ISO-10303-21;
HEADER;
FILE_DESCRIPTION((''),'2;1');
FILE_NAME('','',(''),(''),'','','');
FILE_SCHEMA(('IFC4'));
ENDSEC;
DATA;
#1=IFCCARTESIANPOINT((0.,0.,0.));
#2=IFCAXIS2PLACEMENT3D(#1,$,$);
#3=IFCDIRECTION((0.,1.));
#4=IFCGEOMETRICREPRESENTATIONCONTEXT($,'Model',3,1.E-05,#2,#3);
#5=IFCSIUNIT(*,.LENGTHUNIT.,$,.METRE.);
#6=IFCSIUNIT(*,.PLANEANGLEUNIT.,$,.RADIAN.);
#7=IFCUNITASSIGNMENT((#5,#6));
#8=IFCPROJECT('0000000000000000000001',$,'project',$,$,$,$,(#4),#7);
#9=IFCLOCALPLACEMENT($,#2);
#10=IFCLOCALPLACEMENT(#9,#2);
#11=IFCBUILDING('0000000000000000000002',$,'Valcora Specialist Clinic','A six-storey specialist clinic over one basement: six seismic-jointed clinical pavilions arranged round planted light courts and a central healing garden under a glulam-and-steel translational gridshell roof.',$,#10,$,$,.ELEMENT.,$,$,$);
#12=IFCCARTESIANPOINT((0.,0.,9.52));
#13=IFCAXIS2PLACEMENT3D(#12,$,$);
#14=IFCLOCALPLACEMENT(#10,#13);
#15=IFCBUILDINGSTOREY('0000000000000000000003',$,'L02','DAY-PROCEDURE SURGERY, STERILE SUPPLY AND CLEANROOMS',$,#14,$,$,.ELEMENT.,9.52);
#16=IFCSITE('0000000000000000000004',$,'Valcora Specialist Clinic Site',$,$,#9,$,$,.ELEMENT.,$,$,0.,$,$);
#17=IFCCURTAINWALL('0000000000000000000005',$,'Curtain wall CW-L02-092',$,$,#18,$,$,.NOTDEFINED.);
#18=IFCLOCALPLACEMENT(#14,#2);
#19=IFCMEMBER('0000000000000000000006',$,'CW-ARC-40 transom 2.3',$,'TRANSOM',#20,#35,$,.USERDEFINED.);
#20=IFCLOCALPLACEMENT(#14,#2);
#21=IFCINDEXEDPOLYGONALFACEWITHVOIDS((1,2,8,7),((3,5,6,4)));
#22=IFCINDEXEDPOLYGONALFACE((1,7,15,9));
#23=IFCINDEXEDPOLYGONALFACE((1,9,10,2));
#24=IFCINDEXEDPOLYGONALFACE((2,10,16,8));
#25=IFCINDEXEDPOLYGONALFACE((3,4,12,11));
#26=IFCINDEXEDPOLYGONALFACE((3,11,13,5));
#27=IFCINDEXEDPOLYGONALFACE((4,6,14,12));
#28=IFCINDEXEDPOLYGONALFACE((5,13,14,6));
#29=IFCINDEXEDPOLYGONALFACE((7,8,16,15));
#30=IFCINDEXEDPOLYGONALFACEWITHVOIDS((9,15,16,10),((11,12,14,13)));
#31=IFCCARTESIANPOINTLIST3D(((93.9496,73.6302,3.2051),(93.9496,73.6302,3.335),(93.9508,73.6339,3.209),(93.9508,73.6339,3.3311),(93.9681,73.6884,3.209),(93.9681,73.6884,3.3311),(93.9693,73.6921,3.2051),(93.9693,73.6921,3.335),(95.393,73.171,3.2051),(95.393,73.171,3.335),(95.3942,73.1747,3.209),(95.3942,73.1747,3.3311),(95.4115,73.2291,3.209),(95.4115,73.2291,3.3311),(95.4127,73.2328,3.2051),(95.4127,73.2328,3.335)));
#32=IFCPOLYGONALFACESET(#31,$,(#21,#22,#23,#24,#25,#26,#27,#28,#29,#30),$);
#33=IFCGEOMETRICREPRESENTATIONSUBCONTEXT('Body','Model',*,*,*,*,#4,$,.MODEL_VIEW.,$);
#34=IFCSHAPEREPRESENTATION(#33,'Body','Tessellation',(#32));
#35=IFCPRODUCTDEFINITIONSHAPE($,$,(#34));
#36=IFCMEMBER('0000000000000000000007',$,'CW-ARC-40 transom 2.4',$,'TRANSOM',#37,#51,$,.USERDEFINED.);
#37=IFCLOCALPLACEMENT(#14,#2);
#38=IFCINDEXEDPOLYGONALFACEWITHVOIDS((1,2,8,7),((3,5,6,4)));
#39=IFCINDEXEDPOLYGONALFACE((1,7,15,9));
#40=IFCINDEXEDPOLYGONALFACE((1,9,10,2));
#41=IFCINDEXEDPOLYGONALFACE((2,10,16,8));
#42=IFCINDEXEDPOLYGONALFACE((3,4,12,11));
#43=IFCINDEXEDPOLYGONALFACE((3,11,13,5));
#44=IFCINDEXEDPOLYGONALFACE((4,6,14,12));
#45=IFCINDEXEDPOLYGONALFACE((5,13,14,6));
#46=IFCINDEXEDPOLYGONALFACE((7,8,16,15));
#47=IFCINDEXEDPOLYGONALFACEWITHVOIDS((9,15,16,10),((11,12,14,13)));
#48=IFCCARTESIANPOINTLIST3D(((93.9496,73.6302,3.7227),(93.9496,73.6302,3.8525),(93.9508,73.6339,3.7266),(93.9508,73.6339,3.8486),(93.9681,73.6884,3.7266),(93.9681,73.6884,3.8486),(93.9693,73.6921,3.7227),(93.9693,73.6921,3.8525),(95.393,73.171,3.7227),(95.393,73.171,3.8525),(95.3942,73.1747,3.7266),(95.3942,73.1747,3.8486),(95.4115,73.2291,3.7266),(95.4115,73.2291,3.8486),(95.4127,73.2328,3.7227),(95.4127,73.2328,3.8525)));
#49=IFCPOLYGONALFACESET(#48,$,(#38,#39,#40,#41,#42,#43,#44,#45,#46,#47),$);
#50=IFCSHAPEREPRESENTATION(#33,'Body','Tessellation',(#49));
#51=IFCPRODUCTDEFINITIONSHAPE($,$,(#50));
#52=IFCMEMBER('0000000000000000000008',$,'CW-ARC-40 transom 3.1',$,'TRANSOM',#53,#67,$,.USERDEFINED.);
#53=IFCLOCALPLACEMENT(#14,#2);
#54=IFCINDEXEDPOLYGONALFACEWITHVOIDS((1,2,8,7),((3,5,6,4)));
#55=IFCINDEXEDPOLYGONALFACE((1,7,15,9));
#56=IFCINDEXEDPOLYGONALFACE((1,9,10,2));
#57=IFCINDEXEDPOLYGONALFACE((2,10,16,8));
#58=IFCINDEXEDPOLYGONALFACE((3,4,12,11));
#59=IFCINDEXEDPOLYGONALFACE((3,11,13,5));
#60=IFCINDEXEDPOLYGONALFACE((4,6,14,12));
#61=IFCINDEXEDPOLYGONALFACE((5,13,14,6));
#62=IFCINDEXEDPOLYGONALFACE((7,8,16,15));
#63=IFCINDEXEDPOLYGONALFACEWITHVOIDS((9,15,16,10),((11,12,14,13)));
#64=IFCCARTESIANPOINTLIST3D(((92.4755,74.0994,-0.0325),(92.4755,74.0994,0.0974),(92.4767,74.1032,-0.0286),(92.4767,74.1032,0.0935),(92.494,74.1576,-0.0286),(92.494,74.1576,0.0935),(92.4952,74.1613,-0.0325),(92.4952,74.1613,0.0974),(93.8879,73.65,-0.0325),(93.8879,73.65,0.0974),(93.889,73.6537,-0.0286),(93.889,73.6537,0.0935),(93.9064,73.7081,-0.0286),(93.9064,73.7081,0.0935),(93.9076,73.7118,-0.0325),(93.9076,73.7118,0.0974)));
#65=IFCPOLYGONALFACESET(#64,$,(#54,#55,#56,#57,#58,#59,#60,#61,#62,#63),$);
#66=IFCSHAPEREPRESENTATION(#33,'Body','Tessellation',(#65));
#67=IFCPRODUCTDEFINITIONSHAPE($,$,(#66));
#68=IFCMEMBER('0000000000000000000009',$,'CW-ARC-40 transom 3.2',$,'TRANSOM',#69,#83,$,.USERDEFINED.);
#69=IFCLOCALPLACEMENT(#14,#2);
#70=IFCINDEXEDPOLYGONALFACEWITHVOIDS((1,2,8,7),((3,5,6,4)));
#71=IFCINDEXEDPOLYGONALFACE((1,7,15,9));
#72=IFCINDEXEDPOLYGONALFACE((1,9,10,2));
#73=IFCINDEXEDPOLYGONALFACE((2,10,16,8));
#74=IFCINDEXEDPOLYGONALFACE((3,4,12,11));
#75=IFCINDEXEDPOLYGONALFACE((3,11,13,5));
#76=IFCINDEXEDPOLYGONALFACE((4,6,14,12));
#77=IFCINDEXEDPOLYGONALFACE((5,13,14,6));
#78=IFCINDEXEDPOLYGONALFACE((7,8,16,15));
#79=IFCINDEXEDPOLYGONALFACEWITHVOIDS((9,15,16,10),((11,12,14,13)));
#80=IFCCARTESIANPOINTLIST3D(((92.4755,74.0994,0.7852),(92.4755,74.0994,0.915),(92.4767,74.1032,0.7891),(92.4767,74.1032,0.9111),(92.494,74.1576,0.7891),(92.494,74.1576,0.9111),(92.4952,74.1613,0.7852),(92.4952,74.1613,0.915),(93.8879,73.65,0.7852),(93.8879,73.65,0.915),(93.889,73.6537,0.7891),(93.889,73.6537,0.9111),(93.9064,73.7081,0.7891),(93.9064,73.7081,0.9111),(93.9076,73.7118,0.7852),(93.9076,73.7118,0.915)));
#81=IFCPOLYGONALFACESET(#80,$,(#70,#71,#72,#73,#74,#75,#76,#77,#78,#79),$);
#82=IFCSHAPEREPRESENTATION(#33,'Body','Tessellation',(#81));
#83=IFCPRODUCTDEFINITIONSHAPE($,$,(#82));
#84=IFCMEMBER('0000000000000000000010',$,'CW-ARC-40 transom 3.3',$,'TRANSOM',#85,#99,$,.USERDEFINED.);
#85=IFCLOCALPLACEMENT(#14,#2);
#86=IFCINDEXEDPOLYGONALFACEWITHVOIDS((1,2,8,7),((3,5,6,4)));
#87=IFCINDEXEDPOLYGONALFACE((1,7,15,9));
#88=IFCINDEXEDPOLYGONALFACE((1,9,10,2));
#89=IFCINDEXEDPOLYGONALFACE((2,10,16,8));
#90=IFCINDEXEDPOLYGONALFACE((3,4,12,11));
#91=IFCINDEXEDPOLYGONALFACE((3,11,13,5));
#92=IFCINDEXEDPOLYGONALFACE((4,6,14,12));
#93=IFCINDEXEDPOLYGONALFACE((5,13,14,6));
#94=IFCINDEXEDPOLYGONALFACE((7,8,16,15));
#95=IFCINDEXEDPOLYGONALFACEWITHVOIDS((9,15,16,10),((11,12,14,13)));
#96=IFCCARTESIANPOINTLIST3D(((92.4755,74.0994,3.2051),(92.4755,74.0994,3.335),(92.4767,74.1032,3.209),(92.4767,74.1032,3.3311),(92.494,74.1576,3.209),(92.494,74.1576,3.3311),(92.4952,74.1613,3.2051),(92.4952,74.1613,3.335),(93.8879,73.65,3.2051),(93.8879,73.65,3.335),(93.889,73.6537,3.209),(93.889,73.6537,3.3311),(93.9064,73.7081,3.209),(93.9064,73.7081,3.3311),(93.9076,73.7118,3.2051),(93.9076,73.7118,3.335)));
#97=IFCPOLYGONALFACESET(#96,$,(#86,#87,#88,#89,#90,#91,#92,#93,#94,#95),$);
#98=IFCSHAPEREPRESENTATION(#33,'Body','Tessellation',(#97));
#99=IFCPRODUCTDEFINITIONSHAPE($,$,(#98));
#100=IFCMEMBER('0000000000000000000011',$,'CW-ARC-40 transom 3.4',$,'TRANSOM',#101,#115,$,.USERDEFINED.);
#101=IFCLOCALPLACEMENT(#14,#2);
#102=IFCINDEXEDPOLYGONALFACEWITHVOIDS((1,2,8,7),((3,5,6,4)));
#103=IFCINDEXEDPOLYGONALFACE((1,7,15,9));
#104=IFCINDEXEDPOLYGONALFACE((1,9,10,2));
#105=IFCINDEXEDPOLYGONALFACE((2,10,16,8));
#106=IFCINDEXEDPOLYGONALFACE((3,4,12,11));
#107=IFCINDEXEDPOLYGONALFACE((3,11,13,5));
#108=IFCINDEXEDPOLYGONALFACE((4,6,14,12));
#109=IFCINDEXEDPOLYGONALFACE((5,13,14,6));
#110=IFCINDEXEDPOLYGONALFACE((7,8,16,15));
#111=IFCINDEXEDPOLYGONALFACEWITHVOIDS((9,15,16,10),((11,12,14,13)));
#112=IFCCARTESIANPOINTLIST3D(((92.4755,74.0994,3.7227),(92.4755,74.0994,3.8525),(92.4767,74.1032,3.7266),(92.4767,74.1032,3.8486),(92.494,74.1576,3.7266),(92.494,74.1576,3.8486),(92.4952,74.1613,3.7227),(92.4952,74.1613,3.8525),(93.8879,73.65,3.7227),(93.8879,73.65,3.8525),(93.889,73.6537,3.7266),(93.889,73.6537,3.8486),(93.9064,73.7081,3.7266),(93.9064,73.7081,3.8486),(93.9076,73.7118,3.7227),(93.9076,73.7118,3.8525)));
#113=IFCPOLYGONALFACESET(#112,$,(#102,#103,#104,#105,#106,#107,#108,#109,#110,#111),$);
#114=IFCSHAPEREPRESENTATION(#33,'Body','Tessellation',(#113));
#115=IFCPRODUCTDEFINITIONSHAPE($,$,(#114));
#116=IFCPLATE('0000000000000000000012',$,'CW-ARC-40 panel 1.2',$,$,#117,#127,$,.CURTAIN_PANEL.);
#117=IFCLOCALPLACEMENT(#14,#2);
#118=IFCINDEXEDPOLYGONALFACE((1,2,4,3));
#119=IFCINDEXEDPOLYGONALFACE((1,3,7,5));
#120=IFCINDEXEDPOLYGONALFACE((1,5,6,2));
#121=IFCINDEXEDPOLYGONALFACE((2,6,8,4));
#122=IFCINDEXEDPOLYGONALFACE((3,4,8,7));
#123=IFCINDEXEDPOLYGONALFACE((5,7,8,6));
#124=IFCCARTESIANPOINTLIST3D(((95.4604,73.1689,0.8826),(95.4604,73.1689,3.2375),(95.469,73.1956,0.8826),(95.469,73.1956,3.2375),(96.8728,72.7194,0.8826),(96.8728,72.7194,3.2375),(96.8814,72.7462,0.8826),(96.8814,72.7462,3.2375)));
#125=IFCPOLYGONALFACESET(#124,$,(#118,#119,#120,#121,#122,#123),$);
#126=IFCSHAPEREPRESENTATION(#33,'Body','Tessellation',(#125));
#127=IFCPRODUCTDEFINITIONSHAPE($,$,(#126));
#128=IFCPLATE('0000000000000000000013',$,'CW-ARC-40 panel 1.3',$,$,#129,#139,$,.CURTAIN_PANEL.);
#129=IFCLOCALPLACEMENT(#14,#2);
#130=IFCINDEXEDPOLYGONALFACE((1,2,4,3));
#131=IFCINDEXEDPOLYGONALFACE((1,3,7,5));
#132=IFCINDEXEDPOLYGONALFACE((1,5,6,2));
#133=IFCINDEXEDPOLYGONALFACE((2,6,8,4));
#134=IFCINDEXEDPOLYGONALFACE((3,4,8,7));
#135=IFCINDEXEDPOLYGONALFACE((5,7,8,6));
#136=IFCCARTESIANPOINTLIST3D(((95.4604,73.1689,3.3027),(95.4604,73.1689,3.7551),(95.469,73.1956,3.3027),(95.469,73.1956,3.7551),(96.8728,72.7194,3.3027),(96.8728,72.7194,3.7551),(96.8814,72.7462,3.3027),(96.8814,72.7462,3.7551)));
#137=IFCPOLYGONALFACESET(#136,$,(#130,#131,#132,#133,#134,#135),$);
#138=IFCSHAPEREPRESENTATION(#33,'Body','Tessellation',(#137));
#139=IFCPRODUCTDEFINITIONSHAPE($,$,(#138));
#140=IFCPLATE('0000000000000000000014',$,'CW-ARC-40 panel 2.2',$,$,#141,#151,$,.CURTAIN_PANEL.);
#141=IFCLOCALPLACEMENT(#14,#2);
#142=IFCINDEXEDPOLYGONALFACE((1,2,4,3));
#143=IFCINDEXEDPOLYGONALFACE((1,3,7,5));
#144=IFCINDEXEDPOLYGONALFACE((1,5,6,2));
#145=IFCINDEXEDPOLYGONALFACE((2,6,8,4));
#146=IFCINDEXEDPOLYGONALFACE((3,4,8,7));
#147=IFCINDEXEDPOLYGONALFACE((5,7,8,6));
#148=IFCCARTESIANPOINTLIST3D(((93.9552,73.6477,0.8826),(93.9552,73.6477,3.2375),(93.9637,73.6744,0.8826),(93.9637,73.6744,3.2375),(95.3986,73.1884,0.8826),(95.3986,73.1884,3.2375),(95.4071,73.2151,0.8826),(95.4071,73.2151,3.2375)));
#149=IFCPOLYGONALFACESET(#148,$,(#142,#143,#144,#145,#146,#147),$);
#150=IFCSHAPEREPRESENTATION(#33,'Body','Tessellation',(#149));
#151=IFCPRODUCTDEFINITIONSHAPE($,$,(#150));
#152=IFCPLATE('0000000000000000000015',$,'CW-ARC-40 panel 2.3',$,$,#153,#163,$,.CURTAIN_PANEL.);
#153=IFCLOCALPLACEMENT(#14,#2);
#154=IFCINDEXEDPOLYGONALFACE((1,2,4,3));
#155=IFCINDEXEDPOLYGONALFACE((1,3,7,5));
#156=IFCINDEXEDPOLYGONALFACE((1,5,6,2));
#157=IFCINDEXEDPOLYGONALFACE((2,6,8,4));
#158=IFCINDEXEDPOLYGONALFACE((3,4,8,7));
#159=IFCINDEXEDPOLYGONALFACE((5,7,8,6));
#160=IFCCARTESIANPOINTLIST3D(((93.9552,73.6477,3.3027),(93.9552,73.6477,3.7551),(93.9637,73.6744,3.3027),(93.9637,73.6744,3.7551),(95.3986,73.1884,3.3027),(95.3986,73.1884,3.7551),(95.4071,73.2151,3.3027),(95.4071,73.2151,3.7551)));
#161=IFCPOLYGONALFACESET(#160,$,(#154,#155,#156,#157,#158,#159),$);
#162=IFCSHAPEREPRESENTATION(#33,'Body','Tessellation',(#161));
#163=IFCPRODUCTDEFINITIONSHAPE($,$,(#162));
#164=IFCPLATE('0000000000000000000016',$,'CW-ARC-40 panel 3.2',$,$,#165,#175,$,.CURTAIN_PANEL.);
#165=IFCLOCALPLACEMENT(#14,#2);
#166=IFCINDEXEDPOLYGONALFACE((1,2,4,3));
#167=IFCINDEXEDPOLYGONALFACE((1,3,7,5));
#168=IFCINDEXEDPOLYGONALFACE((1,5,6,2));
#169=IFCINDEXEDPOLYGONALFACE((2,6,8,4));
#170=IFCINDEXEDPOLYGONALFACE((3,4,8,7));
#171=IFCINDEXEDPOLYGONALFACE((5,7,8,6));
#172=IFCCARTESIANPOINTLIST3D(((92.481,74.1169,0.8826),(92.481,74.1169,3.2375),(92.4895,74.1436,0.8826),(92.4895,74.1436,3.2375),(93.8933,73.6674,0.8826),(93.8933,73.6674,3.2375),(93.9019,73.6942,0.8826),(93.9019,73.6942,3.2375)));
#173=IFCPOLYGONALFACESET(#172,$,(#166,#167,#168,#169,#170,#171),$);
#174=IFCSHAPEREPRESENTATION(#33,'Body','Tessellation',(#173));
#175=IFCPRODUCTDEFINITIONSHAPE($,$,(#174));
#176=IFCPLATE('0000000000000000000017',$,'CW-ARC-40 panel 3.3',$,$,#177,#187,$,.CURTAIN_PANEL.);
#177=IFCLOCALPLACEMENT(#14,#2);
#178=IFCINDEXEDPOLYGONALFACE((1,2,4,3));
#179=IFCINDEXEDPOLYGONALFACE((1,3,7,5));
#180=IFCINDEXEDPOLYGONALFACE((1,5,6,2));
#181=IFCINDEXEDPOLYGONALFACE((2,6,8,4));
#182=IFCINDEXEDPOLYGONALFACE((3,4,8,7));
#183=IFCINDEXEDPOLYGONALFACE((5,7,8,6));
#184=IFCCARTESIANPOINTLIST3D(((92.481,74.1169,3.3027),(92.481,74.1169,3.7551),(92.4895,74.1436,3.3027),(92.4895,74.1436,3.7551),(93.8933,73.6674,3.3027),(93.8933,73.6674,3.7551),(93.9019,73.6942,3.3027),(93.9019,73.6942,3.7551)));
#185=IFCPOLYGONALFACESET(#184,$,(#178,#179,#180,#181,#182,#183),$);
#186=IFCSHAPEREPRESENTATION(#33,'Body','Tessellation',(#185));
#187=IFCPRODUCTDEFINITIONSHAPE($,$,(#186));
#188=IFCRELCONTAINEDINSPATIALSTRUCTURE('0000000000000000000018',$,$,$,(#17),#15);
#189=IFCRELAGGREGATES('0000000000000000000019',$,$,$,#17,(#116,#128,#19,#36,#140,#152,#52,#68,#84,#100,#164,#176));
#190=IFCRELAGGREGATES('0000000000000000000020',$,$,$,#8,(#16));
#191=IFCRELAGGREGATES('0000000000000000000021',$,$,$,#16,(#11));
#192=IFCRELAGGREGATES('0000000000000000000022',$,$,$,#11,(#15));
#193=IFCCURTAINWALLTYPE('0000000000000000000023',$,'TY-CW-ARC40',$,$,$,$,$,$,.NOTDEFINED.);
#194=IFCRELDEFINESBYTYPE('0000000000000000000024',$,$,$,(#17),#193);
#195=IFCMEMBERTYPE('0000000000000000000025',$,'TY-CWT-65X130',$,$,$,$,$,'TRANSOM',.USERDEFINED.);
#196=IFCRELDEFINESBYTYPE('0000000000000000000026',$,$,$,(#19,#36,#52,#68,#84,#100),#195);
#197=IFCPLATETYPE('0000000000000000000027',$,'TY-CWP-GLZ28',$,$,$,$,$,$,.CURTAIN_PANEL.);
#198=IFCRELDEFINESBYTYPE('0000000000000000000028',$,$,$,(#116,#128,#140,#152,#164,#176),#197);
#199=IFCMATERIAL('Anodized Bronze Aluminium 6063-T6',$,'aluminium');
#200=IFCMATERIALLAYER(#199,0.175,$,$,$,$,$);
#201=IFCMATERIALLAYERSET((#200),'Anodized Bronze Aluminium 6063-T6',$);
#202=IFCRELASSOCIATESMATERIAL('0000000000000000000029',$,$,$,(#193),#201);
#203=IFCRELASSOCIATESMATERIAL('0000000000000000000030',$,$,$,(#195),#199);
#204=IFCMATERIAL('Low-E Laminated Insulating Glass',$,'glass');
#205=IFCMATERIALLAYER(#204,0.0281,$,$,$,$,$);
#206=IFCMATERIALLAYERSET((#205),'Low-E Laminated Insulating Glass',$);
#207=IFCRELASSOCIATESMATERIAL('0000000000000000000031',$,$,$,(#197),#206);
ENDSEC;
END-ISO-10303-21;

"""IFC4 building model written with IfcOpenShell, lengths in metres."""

from ifc_helpers import new_model, si_unit, direction, frame, origin, origin_2d, place, context, subcontext, project, spatial, rectangle, hollow_rectangle, extrude, material, layer, layer_set, material_profile, profile_set, type_object, element, aggregate, save


model = new_model("IFC4")

# Units and contexts
model_context = context("Model", 3, precision=1e-05, world=origin(), true_north=direction((0.0, 1.0)))
body_context = subcontext(model_context, "Body", "Model", "MODEL_VIEW")
ifc_project = project(units=[si_unit("LENGTHUNIT", "METRE"), si_unit("PLANEANGLEUNIT", "RADIAN")], contexts=[model_context])

# Site, building, storey
site_placement = place(None, origin())
site = spatial("IfcSite", under=ifc_project, at=site_placement, Name="Valcora Specialist Clinic Site", CompositionType="ELEMENT", RefElevation=0.0)
building_placement = place(site_placement, origin())
building = spatial("IfcBuilding", under=site, at=building_placement, Name="Valcora Specialist Clinic", Description="A six-storey specialist clinic over one basement: six seismic-jointed clinical pavilions arranged round planted light courts and a central healing garden under a glulam-and-steel translational gridshell roof.", CompositionType="ELEMENT")
storey_placement = place(building_placement, frame((0.0, 0.0, 9.52)))
storey = spatial("IfcBuildingStorey", under=building, at=storey_placement, Name="L02", Description="DAY-PROCEDURE SURGERY, STERILE SUPPLY AND CLEANROOMS", CompositionType="ELEMENT", Elevation=9.52)

# Shared definitions
ifc_material_1 = material(Name="Anodized Bronze Aluminium 6063-T6", Category="aluminium")
ifc_layer_1 = layer(ifc_material_1, 0.175)
ifc_layer_set_1 = layer_set([ifc_layer_1], Name="Anodized Bronze Aluminium 6063-T6")
curtain_wall_type = type_object("IfcCurtainWallType", Name="TY-CW-ARC40", PredefinedType="NOTDEFINED", material=ifc_layer_set_1)

# Curtain wall, members, plates
curtain_wall_1_placement = place(storey_placement, origin())
curtain_wall_1 = element("IfcCurtainWall", 1, at=curtain_wall_1_placement, inside=storey, type_object=curtain_wall_type, Name="Curtain wall CW-L02-092", PredefinedType="NOTDEFINED")
ifc_material_profile_1 = material_profile(ifc_material_1, hollow_rectangle(XDim=0.0649, YDim=0.1299, WallThickness=0.0039, at=origin_2d()), Name="AL-TRN-65X130")
ifc_profile_set_1 = profile_set([ifc_material_profile_1], Name="Anodized Bronze Aluminium 6063-T6")
member_type_1 = type_object("IfcMemberType", Name="TY-CWT-65X130", ElementType="TRANSOM", PredefinedType="USERDEFINED", material=ifc_profile_set_1)
member_1_placement = place(storey_placement, frame((95.4028, 73.2019, 3.27), z_axis=(-0.95293, 0.30319, 0.0), x_axis=(-0.30319, -0.95293, 0.0)))
member_1 = element("IfcMember", 2, at=member_1_placement, type_object=member_type_1, Name="CW-ARC-40 transom 2.3", ObjectType="TRANSOM", PredefinedType="USERDEFINED", context=body_context, shape_type="SweptSolid", body=[
    extrude(hollow_rectangle(XDim=0.0649, YDim=0.1299, WallThickness=0.0039, at=origin_2d()), origin(), (0.0, 0.0, 1.0), 1.5146),
])
member_2_placement = place(storey_placement, frame((95.4028, 73.2019, 3.7876), z_axis=(-0.95293, 0.30319, 0.0), x_axis=(-0.30319, -0.95293, 0.0)))
member_2 = element("IfcMember", 3, at=member_2_placement, type_object=member_type_1, Name="CW-ARC-40 transom 2.4", ObjectType="TRANSOM", PredefinedType="USERDEFINED", context=body_context, shape_type="SweptSolid", body=[
    extrude(hollow_rectangle(XDim=0.0649, YDim=0.1299, WallThickness=0.0039, at=origin_2d()), origin(), (0.0, 0.0, 1.0), 1.5146),
])
member_3_placement = place(storey_placement, frame((93.8977, 73.6809, 0.0325), z_axis=(-0.952911, 0.303251, 0.0), x_axis=(-0.303251, -0.952911, 0.0)))
member_3 = element("IfcMember", 4, at=member_3_placement, type_object=member_type_1, Name="CW-ARC-40 transom 3.1", ObjectType="TRANSOM", PredefinedType="USERDEFINED", context=body_context, shape_type="SweptSolid", body=[
    extrude(hollow_rectangle(XDim=0.0649, YDim=0.1299, WallThickness=0.0039, at=origin_2d()), origin(), (0.0, 0.0, 1.0), 1.4822),
])
member_4_placement = place(storey_placement, frame((93.8977, 73.6809, 0.8501), z_axis=(-0.952911, 0.303251, 0.0), x_axis=(-0.303251, -0.952911, 0.0)))
member_4 = element("IfcMember", 5, at=member_4_placement, type_object=member_type_1, Name="CW-ARC-40 transom 3.2", ObjectType="TRANSOM", PredefinedType="USERDEFINED", context=body_context, shape_type="SweptSolid", body=[
    extrude(hollow_rectangle(XDim=0.0649, YDim=0.1299, WallThickness=0.0039, at=origin_2d()), origin(), (0.0, 0.0, 1.0), 1.4822),
])
member_5_placement = place(storey_placement, frame((93.8977, 73.6809, 3.27), z_axis=(-0.952911, 0.303251, 0.0), x_axis=(-0.303251, -0.952911, 0.0)))
member_5 = element("IfcMember", 6, at=member_5_placement, type_object=member_type_1, Name="CW-ARC-40 transom 3.3", ObjectType="TRANSOM", PredefinedType="USERDEFINED", context=body_context, shape_type="SweptSolid", body=[
    extrude(hollow_rectangle(XDim=0.0649, YDim=0.1299, WallThickness=0.0039, at=origin_2d()), origin(), (0.0, 0.0, 1.0), 1.4822),
])
member_6_placement = place(storey_placement, frame((93.8977, 73.6809, 3.7876), z_axis=(-0.952911, 0.303251, 0.0), x_axis=(-0.303251, -0.952911, 0.0)))
member_6 = element("IfcMember", 7, at=member_6_placement, type_object=member_type_1, Name="CW-ARC-40 transom 3.4", ObjectType="TRANSOM", PredefinedType="USERDEFINED", context=body_context, shape_type="SweptSolid", body=[
    extrude(hollow_rectangle(XDim=0.0649, YDim=0.1299, WallThickness=0.0039, at=origin_2d()), origin(), (0.0, 0.0, 1.0), 1.4822),
])
ifc_material_2 = material(Name="Low-E Laminated Insulating Glass", Category="glass")
ifc_layer_2 = layer(ifc_material_2, 0.0281)
ifc_layer_set_2 = layer_set([ifc_layer_2], Name="Low-E Laminated Insulating Glass")
plate_type_1 = type_object("IfcPlateType", Name="TY-CWP-GLZ28", PredefinedType="CURTAIN_PANEL", material=ifc_layer_set_2)
plate_1_placement = place(storey_placement, frame((96.1709, 72.9575, 0.8826), z_axis=(0.0, 0.0, 1.0), x_axis=(-0.952916, 0.303233, 0.0)))
plate_1 = element("IfcPlate", 8, at=plate_1_placement, type_object=plate_type_1, Name="CW-ARC-40 panel 1.2", PredefinedType="CURTAIN_PANEL", context=body_context, shape_type="SweptSolid", body=[
    extrude(rectangle(XDim=1.4822, YDim=0.0281, at=origin_2d()), origin(), (0.0, 0.0, 1.0), 2.355),
])
plate_2_placement = place(storey_placement, frame((96.1709, 72.9575, 3.3027), z_axis=(0.0, 0.0, 1.0), x_axis=(-0.952916, 0.303233, 0.0)))
plate_2 = element("IfcPlate", 9, at=plate_2_placement, type_object=plate_type_1, Name="CW-ARC-40 panel 1.3", PredefinedType="CURTAIN_PANEL", context=body_context, shape_type="SweptSolid", body=[
    extrude(rectangle(XDim=1.4822, YDim=0.0281, at=origin_2d()), origin(), (0.0, 0.0, 1.0), 0.4524),
])
plate_3_placement = place(storey_placement, frame((94.6812, 73.4314, 0.8826), z_axis=(0.0, 0.0, 1.0), x_axis=(-0.952916, 0.303233, 0.0)))
plate_3 = element("IfcPlate", 10, at=plate_3_placement, type_object=plate_type_1, Name="CW-ARC-40 panel 2.2", PredefinedType="CURTAIN_PANEL", context=body_context, shape_type="SweptSolid", body=[
    extrude(rectangle(XDim=1.5146, YDim=0.0281, at=origin_2d()), origin(), (0.0, 0.0, 1.0), 2.355),
])
plate_4_placement = place(storey_placement, frame((94.6812, 73.4314, 3.3027), z_axis=(0.0, 0.0, 1.0), x_axis=(-0.952916, 0.303233, 0.0)))
plate_4 = element("IfcPlate", 11, at=plate_4_placement, type_object=plate_type_1, Name="CW-ARC-40 panel 2.3", PredefinedType="CURTAIN_PANEL", context=body_context, shape_type="SweptSolid", body=[
    extrude(rectangle(XDim=1.5146, YDim=0.0281, at=origin_2d()), origin(), (0.0, 0.0, 1.0), 0.4524),
])
plate_5_placement = place(storey_placement, frame((93.1914, 73.9055, 0.8826), z_axis=(0.0, 0.0, 1.0), x_axis=(-0.952916, 0.303233, 0.0)))
plate_5 = element("IfcPlate", 12, at=plate_5_placement, type_object=plate_type_1, Name="CW-ARC-40 panel 3.2", PredefinedType="CURTAIN_PANEL", context=body_context, shape_type="SweptSolid", body=[
    extrude(rectangle(XDim=1.4822, YDim=0.0281, at=origin_2d()), origin(), (0.0, 0.0, 1.0), 2.355),
])
plate_6_placement = place(storey_placement, frame((93.1914, 73.9055, 3.3027), z_axis=(0.0, 0.0, 1.0), x_axis=(-0.952916, 0.303233, 0.0)))
plate_6 = element("IfcPlate", 13, at=plate_6_placement, type_object=plate_type_1, Name="CW-ARC-40 panel 3.3", PredefinedType="CURTAIN_PANEL", context=body_context, shape_type="SweptSolid", body=[
    extrude(rectangle(XDim=1.4822, YDim=0.0281, at=origin_2d()), origin(), (0.0, 0.0, 1.0), 0.4524),
])
aggregate(curtain_wall_1, [plate_1, plate_2, member_1, member_2, plate_3, plate_4, member_3, member_4, member_5, member_6, plate_5, plate_6])

save(model, "model.ifc")
